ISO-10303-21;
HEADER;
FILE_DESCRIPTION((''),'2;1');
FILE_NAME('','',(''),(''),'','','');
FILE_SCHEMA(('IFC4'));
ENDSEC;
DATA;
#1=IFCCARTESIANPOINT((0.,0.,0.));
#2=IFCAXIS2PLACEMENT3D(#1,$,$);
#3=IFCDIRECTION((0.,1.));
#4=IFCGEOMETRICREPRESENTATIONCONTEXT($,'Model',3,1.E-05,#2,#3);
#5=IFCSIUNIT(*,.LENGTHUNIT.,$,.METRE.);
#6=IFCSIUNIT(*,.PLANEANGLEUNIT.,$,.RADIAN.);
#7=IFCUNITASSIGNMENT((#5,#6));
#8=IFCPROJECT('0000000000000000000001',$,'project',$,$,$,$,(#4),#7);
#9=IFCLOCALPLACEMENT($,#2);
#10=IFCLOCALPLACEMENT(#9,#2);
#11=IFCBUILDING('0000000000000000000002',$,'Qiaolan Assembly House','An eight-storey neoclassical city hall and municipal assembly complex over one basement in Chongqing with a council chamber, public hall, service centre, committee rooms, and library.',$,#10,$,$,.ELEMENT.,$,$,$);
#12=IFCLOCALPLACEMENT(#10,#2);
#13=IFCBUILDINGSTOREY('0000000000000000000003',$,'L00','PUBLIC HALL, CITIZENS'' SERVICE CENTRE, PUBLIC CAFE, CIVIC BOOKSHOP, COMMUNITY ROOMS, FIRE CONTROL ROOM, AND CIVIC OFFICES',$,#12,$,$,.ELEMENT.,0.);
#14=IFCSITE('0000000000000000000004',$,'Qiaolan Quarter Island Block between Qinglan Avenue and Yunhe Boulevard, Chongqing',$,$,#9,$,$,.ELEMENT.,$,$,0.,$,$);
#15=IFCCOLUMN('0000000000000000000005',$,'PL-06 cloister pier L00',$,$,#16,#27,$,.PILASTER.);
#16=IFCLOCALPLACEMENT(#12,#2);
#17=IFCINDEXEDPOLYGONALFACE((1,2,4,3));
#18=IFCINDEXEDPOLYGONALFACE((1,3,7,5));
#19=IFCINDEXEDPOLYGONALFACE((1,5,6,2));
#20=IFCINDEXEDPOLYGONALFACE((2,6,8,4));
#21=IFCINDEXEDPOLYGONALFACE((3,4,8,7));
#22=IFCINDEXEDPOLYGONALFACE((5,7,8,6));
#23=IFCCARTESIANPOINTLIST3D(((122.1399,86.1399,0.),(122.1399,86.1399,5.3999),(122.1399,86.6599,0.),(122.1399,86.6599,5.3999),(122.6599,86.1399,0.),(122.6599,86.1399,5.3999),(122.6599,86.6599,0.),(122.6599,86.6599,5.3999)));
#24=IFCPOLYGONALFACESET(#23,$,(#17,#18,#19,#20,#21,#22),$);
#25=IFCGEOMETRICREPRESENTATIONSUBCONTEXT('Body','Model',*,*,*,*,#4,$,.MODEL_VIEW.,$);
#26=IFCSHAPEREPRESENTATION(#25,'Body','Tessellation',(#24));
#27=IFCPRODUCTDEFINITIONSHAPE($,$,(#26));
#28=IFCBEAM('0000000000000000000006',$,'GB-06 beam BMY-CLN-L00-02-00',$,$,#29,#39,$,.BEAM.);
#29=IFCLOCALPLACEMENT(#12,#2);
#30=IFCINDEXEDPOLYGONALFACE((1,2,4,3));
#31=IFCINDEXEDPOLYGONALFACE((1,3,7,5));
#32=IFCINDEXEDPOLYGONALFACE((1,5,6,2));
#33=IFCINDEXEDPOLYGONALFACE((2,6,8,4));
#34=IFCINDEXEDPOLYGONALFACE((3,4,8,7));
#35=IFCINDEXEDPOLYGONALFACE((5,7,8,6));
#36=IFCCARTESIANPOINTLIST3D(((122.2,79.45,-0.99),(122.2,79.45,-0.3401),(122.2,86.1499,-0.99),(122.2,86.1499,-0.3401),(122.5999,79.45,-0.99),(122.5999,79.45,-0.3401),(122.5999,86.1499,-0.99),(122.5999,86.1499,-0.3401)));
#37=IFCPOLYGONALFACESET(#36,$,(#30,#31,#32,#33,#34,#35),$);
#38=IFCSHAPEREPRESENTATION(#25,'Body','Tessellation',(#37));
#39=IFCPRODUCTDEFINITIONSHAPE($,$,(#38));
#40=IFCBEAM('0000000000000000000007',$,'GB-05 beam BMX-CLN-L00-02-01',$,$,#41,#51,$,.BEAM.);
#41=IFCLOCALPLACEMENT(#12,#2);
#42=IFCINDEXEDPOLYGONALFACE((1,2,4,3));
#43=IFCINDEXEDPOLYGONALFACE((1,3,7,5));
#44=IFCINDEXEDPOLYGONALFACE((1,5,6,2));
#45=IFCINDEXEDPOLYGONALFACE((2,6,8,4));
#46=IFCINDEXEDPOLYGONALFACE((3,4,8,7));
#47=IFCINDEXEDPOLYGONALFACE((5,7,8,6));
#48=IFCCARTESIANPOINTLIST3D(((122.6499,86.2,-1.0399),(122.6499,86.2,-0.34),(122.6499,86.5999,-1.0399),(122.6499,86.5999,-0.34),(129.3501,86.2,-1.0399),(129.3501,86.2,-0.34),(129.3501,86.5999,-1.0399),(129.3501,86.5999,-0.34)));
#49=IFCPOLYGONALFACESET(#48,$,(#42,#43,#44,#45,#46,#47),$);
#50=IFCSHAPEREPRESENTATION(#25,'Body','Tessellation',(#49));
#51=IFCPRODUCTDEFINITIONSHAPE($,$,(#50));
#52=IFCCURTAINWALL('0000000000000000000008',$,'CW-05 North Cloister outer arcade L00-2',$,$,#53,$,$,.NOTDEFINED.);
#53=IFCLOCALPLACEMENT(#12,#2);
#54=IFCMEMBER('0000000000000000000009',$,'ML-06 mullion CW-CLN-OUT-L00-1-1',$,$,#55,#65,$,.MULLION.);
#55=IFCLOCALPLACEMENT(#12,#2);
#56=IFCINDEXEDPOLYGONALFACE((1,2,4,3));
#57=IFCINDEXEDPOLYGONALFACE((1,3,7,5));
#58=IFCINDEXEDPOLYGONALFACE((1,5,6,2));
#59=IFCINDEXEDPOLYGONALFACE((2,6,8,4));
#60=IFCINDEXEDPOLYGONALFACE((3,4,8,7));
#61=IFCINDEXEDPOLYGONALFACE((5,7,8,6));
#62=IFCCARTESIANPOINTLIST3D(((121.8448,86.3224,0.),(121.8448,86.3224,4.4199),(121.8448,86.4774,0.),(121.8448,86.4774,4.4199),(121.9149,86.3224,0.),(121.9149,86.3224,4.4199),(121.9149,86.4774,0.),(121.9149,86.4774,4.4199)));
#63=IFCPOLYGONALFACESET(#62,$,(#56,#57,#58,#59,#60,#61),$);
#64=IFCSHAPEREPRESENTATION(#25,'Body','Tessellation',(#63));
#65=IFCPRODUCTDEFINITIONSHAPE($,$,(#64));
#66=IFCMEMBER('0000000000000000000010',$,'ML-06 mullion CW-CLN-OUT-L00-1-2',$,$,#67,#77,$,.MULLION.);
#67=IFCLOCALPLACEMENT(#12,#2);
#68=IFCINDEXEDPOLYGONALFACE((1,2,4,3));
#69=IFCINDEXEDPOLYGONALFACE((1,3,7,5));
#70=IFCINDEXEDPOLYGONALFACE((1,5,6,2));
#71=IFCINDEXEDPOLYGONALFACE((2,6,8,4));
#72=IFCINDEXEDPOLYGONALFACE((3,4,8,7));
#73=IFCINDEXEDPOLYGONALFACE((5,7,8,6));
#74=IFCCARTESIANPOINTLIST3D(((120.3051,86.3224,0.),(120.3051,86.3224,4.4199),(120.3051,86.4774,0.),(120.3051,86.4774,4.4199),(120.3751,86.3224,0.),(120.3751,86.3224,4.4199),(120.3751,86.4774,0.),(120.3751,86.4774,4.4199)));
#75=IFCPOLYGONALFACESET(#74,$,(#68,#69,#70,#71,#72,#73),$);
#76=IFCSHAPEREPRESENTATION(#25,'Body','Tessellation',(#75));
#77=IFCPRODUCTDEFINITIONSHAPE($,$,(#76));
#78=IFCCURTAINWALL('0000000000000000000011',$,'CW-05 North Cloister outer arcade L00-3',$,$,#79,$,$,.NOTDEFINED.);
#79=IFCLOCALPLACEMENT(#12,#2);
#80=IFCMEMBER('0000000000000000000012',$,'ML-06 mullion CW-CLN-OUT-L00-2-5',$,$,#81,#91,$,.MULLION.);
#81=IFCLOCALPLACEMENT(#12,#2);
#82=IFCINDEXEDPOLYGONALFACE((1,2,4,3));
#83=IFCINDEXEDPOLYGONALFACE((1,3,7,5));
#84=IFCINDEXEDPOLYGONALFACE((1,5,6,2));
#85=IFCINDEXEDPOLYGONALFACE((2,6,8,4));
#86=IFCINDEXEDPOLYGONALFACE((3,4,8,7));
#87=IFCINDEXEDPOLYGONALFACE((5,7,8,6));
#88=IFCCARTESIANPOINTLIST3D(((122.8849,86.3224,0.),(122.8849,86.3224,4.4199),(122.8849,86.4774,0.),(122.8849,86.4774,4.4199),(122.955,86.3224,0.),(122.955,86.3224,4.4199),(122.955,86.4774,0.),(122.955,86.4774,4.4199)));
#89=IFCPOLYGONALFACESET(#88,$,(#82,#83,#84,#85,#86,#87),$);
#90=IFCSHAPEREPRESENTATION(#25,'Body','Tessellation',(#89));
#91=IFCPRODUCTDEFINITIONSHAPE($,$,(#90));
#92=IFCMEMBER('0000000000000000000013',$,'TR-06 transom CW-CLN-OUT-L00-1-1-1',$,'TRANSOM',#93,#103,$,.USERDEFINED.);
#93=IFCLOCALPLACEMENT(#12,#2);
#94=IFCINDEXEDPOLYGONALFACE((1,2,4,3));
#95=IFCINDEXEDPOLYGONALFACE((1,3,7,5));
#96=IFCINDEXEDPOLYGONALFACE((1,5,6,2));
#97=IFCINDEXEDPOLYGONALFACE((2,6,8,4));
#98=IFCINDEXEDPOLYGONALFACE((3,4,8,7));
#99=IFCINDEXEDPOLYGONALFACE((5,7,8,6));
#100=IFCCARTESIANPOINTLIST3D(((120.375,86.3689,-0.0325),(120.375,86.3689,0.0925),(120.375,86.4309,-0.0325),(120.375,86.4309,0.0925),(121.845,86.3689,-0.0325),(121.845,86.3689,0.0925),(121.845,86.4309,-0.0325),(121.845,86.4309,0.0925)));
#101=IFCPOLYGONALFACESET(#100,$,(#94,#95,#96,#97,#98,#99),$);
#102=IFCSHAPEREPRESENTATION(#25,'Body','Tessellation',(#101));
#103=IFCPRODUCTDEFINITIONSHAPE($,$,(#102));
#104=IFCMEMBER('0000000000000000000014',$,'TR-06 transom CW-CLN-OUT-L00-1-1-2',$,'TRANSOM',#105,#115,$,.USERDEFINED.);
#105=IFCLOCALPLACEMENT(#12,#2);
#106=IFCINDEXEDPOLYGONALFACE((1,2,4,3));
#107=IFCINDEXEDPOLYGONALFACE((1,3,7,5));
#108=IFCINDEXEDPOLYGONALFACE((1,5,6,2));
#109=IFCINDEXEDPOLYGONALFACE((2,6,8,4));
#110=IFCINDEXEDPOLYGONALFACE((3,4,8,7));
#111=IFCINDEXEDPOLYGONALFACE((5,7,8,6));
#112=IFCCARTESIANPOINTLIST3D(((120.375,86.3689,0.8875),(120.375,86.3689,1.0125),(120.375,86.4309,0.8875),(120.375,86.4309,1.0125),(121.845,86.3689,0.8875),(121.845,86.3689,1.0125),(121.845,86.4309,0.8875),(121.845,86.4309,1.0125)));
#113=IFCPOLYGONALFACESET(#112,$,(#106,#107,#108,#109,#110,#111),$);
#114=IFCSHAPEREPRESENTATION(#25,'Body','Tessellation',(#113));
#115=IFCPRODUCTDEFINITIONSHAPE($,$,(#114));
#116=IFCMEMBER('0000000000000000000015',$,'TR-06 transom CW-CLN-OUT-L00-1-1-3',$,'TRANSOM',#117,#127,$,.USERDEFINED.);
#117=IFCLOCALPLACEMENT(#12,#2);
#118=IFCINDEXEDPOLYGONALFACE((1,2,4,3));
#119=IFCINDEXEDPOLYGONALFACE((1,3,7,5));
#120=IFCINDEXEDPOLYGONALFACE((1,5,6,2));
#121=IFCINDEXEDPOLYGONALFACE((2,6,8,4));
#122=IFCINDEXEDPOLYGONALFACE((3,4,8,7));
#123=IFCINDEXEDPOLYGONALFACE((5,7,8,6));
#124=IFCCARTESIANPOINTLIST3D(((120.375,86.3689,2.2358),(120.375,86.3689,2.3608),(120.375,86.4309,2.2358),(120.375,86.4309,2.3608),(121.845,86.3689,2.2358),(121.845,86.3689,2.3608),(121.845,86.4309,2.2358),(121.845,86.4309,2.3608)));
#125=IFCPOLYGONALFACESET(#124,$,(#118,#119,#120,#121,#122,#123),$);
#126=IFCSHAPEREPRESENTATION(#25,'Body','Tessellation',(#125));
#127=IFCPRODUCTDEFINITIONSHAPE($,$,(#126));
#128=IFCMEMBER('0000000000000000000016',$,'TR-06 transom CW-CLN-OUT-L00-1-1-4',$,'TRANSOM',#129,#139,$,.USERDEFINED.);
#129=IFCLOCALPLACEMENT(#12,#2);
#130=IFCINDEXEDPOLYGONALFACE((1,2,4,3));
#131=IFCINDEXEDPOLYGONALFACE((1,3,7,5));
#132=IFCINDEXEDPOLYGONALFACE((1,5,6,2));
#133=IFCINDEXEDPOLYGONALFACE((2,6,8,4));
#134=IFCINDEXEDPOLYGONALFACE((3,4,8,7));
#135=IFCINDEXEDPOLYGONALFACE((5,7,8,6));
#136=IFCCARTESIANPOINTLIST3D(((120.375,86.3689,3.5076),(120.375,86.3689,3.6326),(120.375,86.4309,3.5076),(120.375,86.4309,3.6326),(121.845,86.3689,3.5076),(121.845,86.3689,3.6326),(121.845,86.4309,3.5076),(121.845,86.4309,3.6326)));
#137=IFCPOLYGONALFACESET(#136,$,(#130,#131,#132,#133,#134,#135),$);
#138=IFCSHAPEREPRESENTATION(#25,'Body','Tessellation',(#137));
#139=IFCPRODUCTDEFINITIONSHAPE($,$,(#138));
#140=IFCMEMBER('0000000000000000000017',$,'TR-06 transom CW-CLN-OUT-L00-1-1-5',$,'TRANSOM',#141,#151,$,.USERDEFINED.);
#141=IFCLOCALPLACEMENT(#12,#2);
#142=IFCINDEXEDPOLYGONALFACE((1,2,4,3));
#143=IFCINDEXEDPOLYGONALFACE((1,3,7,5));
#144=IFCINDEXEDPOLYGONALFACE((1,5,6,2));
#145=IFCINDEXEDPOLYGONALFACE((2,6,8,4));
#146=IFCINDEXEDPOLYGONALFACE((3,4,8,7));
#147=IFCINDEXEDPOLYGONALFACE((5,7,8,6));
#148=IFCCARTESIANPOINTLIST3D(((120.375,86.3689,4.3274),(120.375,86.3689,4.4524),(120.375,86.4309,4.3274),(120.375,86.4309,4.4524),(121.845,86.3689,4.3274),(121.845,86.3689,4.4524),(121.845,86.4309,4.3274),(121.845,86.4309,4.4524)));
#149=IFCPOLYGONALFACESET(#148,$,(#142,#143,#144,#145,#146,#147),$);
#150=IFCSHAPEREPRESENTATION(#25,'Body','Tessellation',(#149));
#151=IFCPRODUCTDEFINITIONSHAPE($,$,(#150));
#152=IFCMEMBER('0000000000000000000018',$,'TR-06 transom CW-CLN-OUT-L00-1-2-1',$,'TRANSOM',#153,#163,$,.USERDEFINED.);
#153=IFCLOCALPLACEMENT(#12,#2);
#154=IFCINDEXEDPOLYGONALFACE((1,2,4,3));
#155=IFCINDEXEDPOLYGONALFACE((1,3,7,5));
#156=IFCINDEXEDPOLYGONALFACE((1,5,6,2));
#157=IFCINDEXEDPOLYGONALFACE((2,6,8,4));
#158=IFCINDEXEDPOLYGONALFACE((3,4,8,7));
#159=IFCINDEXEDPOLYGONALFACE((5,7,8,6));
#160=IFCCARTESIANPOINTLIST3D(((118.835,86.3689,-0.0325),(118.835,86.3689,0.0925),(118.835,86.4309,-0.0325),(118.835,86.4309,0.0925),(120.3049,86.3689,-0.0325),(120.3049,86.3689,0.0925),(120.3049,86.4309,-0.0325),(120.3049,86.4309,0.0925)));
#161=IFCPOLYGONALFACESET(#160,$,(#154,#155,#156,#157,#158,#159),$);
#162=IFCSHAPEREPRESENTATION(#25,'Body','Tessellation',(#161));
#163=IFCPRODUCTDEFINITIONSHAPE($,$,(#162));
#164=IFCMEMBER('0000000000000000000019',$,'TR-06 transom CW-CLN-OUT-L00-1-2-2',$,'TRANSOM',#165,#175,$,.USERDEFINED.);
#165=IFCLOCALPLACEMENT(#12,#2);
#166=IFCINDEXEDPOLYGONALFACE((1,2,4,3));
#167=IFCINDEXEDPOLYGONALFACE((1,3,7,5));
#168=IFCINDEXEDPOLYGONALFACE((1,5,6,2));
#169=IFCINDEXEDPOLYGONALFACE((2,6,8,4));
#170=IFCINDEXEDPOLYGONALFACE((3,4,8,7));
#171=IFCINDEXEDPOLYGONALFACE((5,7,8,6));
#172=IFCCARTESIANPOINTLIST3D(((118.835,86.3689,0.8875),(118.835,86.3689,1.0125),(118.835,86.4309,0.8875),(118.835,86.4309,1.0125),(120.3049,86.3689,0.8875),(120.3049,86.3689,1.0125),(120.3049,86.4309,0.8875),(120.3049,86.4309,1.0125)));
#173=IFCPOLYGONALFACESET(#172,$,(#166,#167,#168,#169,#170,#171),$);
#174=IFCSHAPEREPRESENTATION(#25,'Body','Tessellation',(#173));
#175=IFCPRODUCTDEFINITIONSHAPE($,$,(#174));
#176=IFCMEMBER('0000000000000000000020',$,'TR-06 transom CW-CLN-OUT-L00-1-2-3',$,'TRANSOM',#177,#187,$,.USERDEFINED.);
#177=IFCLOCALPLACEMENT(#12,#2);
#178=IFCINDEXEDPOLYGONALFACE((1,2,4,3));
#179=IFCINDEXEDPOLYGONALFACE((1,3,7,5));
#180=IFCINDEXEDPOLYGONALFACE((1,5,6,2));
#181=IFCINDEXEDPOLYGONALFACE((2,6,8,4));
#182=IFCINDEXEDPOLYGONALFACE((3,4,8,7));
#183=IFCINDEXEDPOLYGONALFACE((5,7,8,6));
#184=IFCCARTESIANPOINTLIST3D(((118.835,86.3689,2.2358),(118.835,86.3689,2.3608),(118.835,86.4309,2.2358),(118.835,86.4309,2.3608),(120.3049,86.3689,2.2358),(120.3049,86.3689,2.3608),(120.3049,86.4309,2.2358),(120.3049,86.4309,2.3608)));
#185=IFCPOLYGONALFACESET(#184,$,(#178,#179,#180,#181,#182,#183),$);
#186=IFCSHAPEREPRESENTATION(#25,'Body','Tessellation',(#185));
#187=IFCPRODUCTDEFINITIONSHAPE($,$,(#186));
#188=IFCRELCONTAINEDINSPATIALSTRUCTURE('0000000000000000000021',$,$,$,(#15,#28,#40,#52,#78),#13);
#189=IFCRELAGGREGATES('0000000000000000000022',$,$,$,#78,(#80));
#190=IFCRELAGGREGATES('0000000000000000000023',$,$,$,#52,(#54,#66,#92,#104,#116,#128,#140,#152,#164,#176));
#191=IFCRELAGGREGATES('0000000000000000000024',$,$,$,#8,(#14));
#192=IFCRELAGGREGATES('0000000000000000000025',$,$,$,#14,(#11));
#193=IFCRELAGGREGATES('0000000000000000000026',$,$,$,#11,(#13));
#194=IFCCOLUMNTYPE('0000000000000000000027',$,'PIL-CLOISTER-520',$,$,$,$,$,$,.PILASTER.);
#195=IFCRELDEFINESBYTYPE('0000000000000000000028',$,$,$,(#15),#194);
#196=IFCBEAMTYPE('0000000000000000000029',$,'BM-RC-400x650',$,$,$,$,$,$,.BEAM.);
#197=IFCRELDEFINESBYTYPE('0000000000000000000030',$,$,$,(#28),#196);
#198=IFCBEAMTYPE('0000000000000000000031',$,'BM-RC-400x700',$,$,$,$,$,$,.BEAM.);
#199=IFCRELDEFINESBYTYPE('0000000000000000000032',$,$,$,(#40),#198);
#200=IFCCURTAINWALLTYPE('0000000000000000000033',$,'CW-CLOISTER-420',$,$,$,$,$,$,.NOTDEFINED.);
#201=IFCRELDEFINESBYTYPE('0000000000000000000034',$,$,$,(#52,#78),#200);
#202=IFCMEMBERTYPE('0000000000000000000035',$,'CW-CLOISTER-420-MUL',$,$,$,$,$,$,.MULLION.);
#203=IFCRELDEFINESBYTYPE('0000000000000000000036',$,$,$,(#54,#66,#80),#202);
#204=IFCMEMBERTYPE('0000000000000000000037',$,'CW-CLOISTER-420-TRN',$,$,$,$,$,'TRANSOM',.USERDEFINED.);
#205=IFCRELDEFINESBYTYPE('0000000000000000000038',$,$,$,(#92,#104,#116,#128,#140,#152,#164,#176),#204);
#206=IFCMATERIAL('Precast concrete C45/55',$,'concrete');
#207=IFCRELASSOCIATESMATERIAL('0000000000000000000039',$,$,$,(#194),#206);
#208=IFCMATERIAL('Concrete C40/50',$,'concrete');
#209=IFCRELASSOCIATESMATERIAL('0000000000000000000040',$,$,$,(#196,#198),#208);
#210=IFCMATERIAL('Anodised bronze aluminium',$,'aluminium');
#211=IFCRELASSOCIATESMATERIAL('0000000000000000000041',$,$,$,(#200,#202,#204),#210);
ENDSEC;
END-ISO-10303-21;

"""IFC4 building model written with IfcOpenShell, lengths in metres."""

from ifc_helpers import new_model, si_unit, direction, frame, origin, origin_2d, place, context, subcontext, project, spatial, rectangle, extrude, material, material_profile, profile_set, type_object, element, aggregate, save


model = new_model("IFC4")

# Units and contexts
model_context = context("Model", 3, precision=1e-05, world=origin(), true_north=direction((0.0, 1.0)))
body_context = subcontext(model_context, "Body", "Model", "MODEL_VIEW")
ifc_project = project(units=[si_unit("LENGTHUNIT", "METRE"), si_unit("PLANEANGLEUNIT", "RADIAN")], contexts=[model_context])

# Site, building, storey
site_placement = place(None, origin())
site = spatial("IfcSite", under=ifc_project, at=site_placement, Name="Qiaolan Quarter Island Block between Qinglan Avenue and Yunhe Boulevard, Chongqing", CompositionType="ELEMENT", RefElevation=0.0)
building_placement = place(site_placement, origin())
building = spatial("IfcBuilding", under=site, at=building_placement, Name="Qiaolan Assembly House", Description="An eight-storey neoclassical city hall and municipal assembly complex over one basement in Chongqing with a council chamber, public hall, service centre, committee rooms, and library.", CompositionType="ELEMENT")
storey_placement = place(building_placement, origin())
storey = spatial("IfcBuildingStorey", under=building, at=storey_placement, Name="L00", Description="PUBLIC HALL, CITIZENS' SERVICE CENTRE, PUBLIC CAFE, CIVIC BOOKSHOP, COMMUNITY ROOMS, FIRE CONTROL ROOM, AND CIVIC OFFICES", CompositionType="ELEMENT", Elevation=0.0)

# Column
ifc_material_1 = material(Name="Precast concrete C45/55", Category="concrete")
ifc_material_profile_1 = material_profile(ifc_material_1, rectangle(XDim=0.52, YDim=0.52, at=origin_2d()), Name="PIL 520x520")
ifc_profile_set_1 = profile_set([ifc_material_profile_1], Name="Precast concrete C45/55")
column_type = type_object("IfcColumnType", Name="PIL-CLOISTER-520", PredefinedType="PILASTER", material=ifc_profile_set_1)
column_placement = place(storey_placement, frame((122.3999, 86.3999, 0.0), z_axis=(0.0, 0.0, 1.0), x_axis=(1.0, 0.0, 0.0)))
element("IfcColumn", 1, at=column_placement, inside=storey, type_object=column_type, Name="PL-06 cloister pier L00", PredefinedType="PILASTER", context=body_context, shape_type="SweptSolid", body=[
    extrude(rectangle(XDim=0.52, YDim=0.52, at=origin_2d()), origin(), (0.0, 0.0, 1.0), 5.3999),
])

# Beams
ifc_material_2 = material(Name="Concrete C40/50", Category="concrete")
ifc_material_profile_2 = material_profile(ifc_material_2, rectangle(XDim=0.3999, YDim=0.6499, at=origin_2d()), Name="RCB 400x650")
ifc_profile_set_2 = profile_set([ifc_material_profile_2], Name="Concrete C40/50")
beam_type_1 = type_object("IfcBeamType", Name="BM-RC-400x650", PredefinedType="BEAM", material=ifc_profile_set_2)
beam_1_placement = place(storey_placement, frame((122.3999, 79.45, -0.665), z_axis=(0.0, 1.0, 0.0), x_axis=(-1.0, 0.0, 0.0)))
element("IfcBeam", 2, at=beam_1_placement, inside=storey, type_object=beam_type_1, Name="GB-06 beam BMY-CLN-L00-02-00", PredefinedType="BEAM", context=body_context, shape_type="SweptSolid", body=[
    extrude(rectangle(XDim=0.3999, YDim=0.6499, at=origin_2d()), origin(), (0.0, 0.0, 1.0), 6.7),
])
ifc_material_profile_3 = material_profile(ifc_material_2, rectangle(XDim=0.3999, YDim=0.7, at=origin_2d()), Name="RCB 400x700")
ifc_profile_set_3 = profile_set([ifc_material_profile_3], Name="Concrete C40/50")
beam_type_2 = type_object("IfcBeamType", Name="BM-RC-400x700", PredefinedType="BEAM", material=ifc_profile_set_3)
beam_2_placement = place(storey_placement, frame((122.6499, 86.3999, -0.6899), z_axis=(1.0, 0.0, 0.0), x_axis=(0.0, 1.0, 0.0)))
element("IfcBeam", 3, at=beam_2_placement, inside=storey, type_object=beam_type_2, Name="GB-05 beam BMX-CLN-L00-02-01", PredefinedType="BEAM", context=body_context, shape_type="SweptSolid", body=[
    extrude(rectangle(XDim=0.3999, YDim=0.7, at=origin_2d()), origin(), (0.0, 0.0, 1.0), 6.7002),
])

# Curtain wall, members
ifc_material_3 = material(Name="Anodised bronze aluminium", Category="aluminium")
curtain_wall_type = type_object("IfcCurtainWallType", Name="CW-CLOISTER-420", PredefinedType="NOTDEFINED", material=ifc_material_3)
curtain_wall_1_placement = place(storey_placement, origin())
curtain_wall_1 = element("IfcCurtainWall", 4, at=curtain_wall_1_placement, inside=storey, type_object=curtain_wall_type, Name="CW-05 North Cloister outer arcade L00-2", PredefinedType="NOTDEFINED")
ifc_material_profile_4 = material_profile(ifc_material_3, rectangle(XDim=0.0701, YDim=0.155, at=origin_2d()), Name="MUL 70x155")
ifc_profile_set_4 = profile_set([ifc_material_profile_4], Name="Anodised bronze aluminium")
member_type_1 = type_object("IfcMemberType", Name="CW-CLOISTER-420-MUL", PredefinedType="MULLION", material=ifc_profile_set_4)
member_1_placement = place(storey_placement, frame((121.8799, 86.3999, 0.0), z_axis=(0.0, 0.0, 1.0), x_axis=(-1.0, 0.0, 0.0)))
member_1 = element("IfcMember", 5, at=member_1_placement, type_object=member_type_1, Name="ML-06 mullion CW-CLN-OUT-L00-1-1", PredefinedType="MULLION", context=body_context, shape_type="SweptSolid", body=[
    extrude(rectangle(XDim=0.0701, YDim=0.155, at=origin_2d()), origin(), (0.0, 0.0, 1.0), 4.4199),
])
member_2_placement = place(storey_placement, frame((120.3401, 86.3999, 0.0), z_axis=(0.0, 0.0, 1.0), x_axis=(-1.0, 0.0, 0.0)))
member_2 = element("IfcMember", 6, at=member_2_placement, type_object=member_type_1, Name="ML-06 mullion CW-CLN-OUT-L00-1-2", PredefinedType="MULLION", context=body_context, shape_type="SweptSolid", body=[
    extrude(rectangle(XDim=0.0701, YDim=0.155, at=origin_2d()), origin(), (0.0, 0.0, 1.0), 4.4199),
])

# Curtain wall, member
curtain_wall_2_placement = place(storey_placement, origin())
curtain_wall_2 = element("IfcCurtainWall", 7, at=curtain_wall_2_placement, inside=storey, type_object=curtain_wall_type, Name="CW-05 North Cloister outer arcade L00-3", PredefinedType="NOTDEFINED")
member_3_placement = place(storey_placement, frame((122.9199, 86.3999, 0.0), z_axis=(0.0, 0.0, 1.0), x_axis=(-1.0, 0.0, 0.0)))
member_3 = element("IfcMember", 8, at=member_3_placement, type_object=member_type_1, Name="ML-06 mullion CW-CLN-OUT-L00-2-5", PredefinedType="MULLION", context=body_context, shape_type="SweptSolid", body=[
    extrude(rectangle(XDim=0.0701, YDim=0.155, at=origin_2d()), origin(), (0.0, 0.0, 1.0), 4.4199),
])

# Members
ifc_material_profile_5 = material_profile(ifc_material_3, rectangle(XDim=0.062, YDim=0.125, at=origin_2d()), Name="TRN 62x125")
ifc_profile_set_5 = profile_set([ifc_material_profile_5], Name="Anodised bronze aluminium")
member_type_2 = type_object("IfcMemberType", Name="CW-CLOISTER-420-TRN", ElementType="TRANSOM", PredefinedType="USERDEFINED", material=ifc_profile_set_5)
member_4_placement = place(storey_placement, frame((121.845, 86.3999, 0.03), z_axis=(-1.0, 0.0, 0.0), x_axis=(0.0, -1.0, 0.0)))
member_4 = element("IfcMember", 9, at=member_4_placement, type_object=member_type_2, Name="TR-06 transom CW-CLN-OUT-L00-1-1-1", ObjectType="TRANSOM", PredefinedType="USERDEFINED", context=body_context, shape_type="SweptSolid", body=[
    extrude(rectangle(XDim=0.062, YDim=0.125, at=origin_2d()), origin(), (0.0, 0.0, 1.0), 1.47),
])
member_5_placement = place(storey_placement, frame((121.845, 86.3999, 0.95), z_axis=(-1.0, 0.0, 0.0), x_axis=(0.0, -1.0, 0.0)))
member_5 = element("IfcMember", 10, at=member_5_placement, type_object=member_type_2, Name="TR-06 transom CW-CLN-OUT-L00-1-1-2", ObjectType="TRANSOM", PredefinedType="USERDEFINED", context=body_context, shape_type="SweptSolid", body=[
    extrude(rectangle(XDim=0.062, YDim=0.125, at=origin_2d()), origin(), (0.0, 0.0, 1.0), 1.47),
])
member_6_placement = place(storey_placement, frame((121.845, 86.3999, 2.2983), z_axis=(-1.0, 0.0, 0.0), x_axis=(0.0, -1.0, 0.0)))
member_6 = element("IfcMember", 11, at=member_6_placement, type_object=member_type_2, Name="TR-06 transom CW-CLN-OUT-L00-1-1-3", ObjectType="TRANSOM", PredefinedType="USERDEFINED", context=body_context, shape_type="SweptSolid", body=[
    extrude(rectangle(XDim=0.062, YDim=0.125, at=origin_2d()), origin(), (0.0, 0.0, 1.0), 1.47),
])
member_7_placement = place(storey_placement, frame((121.845, 86.3999, 3.5701), z_axis=(-1.0, 0.0, 0.0), x_axis=(0.0, -1.0, 0.0)))
member_7 = element("IfcMember", 12, at=member_7_placement, type_object=member_type_2, Name="TR-06 transom CW-CLN-OUT-L00-1-1-4", ObjectType="TRANSOM", PredefinedType="USERDEFINED", context=body_context, shape_type="SweptSolid", body=[
    extrude(rectangle(XDim=0.062, YDim=0.125, at=origin_2d()), origin(), (0.0, 0.0, 1.0), 1.47),
])
member_8_placement = place(storey_placement, frame((121.845, 86.3999, 4.3899), z_axis=(-1.0, 0.0, 0.0), x_axis=(0.0, -1.0, 0.0)))
member_8 = element("IfcMember", 13, at=member_8_placement, type_object=member_type_2, Name="TR-06 transom CW-CLN-OUT-L00-1-1-5", ObjectType="TRANSOM", PredefinedType="USERDEFINED", context=body_context, shape_type="SweptSolid", body=[
    extrude(rectangle(XDim=0.062, YDim=0.125, at=origin_2d()), origin(), (0.0, 0.0, 1.0), 1.47),
])
member_9_placement = place(storey_placement, frame((120.3049, 86.3999, 0.03), z_axis=(-1.0, 0.0, 0.0), x_axis=(0.0, -1.0, 0.0)))
member_9 = element("IfcMember", 14, at=member_9_placement, type_object=member_type_2, Name="TR-06 transom CW-CLN-OUT-L00-1-2-1", ObjectType="TRANSOM", PredefinedType="USERDEFINED", context=body_context, shape_type="SweptSolid", body=[
    extrude(rectangle(XDim=0.062, YDim=0.125, at=origin_2d()), origin(), (0.0, 0.0, 1.0), 1.47),
])
member_10_placement = place(storey_placement, frame((120.3049, 86.3999, 0.95), z_axis=(-1.0, 0.0, 0.0), x_axis=(0.0, -1.0, 0.0)))
member_10 = element("IfcMember", 15, at=member_10_placement, type_object=member_type_2, Name="TR-06 transom CW-CLN-OUT-L00-1-2-2", ObjectType="TRANSOM", PredefinedType="USERDEFINED", context=body_context, shape_type="SweptSolid", body=[
    extrude(rectangle(XDim=0.062, YDim=0.125, at=origin_2d()), origin(), (0.0, 0.0, 1.0), 1.47),
])
member_11_placement = place(storey_placement, frame((120.3049, 86.3999, 2.2983), z_axis=(-1.0, 0.0, 0.0), x_axis=(0.0, -1.0, 0.0)))
member_11 = element("IfcMember", 16, at=member_11_placement, type_object=member_type_2, Name="TR-06 transom CW-CLN-OUT-L00-1-2-3", ObjectType="TRANSOM", PredefinedType="USERDEFINED", context=body_context, shape_type="SweptSolid", body=[
    extrude(rectangle(XDim=0.062, YDim=0.125, at=origin_2d()), origin(), (0.0, 0.0, 1.0), 1.47),
])
aggregate(curtain_wall_2, [member_3])

aggregate(curtain_wall_1, [member_1, member_2, member_4, member_5, member_6, member_7, member_8, member_9, member_10, member_11])

save(model, "model.ifc")
